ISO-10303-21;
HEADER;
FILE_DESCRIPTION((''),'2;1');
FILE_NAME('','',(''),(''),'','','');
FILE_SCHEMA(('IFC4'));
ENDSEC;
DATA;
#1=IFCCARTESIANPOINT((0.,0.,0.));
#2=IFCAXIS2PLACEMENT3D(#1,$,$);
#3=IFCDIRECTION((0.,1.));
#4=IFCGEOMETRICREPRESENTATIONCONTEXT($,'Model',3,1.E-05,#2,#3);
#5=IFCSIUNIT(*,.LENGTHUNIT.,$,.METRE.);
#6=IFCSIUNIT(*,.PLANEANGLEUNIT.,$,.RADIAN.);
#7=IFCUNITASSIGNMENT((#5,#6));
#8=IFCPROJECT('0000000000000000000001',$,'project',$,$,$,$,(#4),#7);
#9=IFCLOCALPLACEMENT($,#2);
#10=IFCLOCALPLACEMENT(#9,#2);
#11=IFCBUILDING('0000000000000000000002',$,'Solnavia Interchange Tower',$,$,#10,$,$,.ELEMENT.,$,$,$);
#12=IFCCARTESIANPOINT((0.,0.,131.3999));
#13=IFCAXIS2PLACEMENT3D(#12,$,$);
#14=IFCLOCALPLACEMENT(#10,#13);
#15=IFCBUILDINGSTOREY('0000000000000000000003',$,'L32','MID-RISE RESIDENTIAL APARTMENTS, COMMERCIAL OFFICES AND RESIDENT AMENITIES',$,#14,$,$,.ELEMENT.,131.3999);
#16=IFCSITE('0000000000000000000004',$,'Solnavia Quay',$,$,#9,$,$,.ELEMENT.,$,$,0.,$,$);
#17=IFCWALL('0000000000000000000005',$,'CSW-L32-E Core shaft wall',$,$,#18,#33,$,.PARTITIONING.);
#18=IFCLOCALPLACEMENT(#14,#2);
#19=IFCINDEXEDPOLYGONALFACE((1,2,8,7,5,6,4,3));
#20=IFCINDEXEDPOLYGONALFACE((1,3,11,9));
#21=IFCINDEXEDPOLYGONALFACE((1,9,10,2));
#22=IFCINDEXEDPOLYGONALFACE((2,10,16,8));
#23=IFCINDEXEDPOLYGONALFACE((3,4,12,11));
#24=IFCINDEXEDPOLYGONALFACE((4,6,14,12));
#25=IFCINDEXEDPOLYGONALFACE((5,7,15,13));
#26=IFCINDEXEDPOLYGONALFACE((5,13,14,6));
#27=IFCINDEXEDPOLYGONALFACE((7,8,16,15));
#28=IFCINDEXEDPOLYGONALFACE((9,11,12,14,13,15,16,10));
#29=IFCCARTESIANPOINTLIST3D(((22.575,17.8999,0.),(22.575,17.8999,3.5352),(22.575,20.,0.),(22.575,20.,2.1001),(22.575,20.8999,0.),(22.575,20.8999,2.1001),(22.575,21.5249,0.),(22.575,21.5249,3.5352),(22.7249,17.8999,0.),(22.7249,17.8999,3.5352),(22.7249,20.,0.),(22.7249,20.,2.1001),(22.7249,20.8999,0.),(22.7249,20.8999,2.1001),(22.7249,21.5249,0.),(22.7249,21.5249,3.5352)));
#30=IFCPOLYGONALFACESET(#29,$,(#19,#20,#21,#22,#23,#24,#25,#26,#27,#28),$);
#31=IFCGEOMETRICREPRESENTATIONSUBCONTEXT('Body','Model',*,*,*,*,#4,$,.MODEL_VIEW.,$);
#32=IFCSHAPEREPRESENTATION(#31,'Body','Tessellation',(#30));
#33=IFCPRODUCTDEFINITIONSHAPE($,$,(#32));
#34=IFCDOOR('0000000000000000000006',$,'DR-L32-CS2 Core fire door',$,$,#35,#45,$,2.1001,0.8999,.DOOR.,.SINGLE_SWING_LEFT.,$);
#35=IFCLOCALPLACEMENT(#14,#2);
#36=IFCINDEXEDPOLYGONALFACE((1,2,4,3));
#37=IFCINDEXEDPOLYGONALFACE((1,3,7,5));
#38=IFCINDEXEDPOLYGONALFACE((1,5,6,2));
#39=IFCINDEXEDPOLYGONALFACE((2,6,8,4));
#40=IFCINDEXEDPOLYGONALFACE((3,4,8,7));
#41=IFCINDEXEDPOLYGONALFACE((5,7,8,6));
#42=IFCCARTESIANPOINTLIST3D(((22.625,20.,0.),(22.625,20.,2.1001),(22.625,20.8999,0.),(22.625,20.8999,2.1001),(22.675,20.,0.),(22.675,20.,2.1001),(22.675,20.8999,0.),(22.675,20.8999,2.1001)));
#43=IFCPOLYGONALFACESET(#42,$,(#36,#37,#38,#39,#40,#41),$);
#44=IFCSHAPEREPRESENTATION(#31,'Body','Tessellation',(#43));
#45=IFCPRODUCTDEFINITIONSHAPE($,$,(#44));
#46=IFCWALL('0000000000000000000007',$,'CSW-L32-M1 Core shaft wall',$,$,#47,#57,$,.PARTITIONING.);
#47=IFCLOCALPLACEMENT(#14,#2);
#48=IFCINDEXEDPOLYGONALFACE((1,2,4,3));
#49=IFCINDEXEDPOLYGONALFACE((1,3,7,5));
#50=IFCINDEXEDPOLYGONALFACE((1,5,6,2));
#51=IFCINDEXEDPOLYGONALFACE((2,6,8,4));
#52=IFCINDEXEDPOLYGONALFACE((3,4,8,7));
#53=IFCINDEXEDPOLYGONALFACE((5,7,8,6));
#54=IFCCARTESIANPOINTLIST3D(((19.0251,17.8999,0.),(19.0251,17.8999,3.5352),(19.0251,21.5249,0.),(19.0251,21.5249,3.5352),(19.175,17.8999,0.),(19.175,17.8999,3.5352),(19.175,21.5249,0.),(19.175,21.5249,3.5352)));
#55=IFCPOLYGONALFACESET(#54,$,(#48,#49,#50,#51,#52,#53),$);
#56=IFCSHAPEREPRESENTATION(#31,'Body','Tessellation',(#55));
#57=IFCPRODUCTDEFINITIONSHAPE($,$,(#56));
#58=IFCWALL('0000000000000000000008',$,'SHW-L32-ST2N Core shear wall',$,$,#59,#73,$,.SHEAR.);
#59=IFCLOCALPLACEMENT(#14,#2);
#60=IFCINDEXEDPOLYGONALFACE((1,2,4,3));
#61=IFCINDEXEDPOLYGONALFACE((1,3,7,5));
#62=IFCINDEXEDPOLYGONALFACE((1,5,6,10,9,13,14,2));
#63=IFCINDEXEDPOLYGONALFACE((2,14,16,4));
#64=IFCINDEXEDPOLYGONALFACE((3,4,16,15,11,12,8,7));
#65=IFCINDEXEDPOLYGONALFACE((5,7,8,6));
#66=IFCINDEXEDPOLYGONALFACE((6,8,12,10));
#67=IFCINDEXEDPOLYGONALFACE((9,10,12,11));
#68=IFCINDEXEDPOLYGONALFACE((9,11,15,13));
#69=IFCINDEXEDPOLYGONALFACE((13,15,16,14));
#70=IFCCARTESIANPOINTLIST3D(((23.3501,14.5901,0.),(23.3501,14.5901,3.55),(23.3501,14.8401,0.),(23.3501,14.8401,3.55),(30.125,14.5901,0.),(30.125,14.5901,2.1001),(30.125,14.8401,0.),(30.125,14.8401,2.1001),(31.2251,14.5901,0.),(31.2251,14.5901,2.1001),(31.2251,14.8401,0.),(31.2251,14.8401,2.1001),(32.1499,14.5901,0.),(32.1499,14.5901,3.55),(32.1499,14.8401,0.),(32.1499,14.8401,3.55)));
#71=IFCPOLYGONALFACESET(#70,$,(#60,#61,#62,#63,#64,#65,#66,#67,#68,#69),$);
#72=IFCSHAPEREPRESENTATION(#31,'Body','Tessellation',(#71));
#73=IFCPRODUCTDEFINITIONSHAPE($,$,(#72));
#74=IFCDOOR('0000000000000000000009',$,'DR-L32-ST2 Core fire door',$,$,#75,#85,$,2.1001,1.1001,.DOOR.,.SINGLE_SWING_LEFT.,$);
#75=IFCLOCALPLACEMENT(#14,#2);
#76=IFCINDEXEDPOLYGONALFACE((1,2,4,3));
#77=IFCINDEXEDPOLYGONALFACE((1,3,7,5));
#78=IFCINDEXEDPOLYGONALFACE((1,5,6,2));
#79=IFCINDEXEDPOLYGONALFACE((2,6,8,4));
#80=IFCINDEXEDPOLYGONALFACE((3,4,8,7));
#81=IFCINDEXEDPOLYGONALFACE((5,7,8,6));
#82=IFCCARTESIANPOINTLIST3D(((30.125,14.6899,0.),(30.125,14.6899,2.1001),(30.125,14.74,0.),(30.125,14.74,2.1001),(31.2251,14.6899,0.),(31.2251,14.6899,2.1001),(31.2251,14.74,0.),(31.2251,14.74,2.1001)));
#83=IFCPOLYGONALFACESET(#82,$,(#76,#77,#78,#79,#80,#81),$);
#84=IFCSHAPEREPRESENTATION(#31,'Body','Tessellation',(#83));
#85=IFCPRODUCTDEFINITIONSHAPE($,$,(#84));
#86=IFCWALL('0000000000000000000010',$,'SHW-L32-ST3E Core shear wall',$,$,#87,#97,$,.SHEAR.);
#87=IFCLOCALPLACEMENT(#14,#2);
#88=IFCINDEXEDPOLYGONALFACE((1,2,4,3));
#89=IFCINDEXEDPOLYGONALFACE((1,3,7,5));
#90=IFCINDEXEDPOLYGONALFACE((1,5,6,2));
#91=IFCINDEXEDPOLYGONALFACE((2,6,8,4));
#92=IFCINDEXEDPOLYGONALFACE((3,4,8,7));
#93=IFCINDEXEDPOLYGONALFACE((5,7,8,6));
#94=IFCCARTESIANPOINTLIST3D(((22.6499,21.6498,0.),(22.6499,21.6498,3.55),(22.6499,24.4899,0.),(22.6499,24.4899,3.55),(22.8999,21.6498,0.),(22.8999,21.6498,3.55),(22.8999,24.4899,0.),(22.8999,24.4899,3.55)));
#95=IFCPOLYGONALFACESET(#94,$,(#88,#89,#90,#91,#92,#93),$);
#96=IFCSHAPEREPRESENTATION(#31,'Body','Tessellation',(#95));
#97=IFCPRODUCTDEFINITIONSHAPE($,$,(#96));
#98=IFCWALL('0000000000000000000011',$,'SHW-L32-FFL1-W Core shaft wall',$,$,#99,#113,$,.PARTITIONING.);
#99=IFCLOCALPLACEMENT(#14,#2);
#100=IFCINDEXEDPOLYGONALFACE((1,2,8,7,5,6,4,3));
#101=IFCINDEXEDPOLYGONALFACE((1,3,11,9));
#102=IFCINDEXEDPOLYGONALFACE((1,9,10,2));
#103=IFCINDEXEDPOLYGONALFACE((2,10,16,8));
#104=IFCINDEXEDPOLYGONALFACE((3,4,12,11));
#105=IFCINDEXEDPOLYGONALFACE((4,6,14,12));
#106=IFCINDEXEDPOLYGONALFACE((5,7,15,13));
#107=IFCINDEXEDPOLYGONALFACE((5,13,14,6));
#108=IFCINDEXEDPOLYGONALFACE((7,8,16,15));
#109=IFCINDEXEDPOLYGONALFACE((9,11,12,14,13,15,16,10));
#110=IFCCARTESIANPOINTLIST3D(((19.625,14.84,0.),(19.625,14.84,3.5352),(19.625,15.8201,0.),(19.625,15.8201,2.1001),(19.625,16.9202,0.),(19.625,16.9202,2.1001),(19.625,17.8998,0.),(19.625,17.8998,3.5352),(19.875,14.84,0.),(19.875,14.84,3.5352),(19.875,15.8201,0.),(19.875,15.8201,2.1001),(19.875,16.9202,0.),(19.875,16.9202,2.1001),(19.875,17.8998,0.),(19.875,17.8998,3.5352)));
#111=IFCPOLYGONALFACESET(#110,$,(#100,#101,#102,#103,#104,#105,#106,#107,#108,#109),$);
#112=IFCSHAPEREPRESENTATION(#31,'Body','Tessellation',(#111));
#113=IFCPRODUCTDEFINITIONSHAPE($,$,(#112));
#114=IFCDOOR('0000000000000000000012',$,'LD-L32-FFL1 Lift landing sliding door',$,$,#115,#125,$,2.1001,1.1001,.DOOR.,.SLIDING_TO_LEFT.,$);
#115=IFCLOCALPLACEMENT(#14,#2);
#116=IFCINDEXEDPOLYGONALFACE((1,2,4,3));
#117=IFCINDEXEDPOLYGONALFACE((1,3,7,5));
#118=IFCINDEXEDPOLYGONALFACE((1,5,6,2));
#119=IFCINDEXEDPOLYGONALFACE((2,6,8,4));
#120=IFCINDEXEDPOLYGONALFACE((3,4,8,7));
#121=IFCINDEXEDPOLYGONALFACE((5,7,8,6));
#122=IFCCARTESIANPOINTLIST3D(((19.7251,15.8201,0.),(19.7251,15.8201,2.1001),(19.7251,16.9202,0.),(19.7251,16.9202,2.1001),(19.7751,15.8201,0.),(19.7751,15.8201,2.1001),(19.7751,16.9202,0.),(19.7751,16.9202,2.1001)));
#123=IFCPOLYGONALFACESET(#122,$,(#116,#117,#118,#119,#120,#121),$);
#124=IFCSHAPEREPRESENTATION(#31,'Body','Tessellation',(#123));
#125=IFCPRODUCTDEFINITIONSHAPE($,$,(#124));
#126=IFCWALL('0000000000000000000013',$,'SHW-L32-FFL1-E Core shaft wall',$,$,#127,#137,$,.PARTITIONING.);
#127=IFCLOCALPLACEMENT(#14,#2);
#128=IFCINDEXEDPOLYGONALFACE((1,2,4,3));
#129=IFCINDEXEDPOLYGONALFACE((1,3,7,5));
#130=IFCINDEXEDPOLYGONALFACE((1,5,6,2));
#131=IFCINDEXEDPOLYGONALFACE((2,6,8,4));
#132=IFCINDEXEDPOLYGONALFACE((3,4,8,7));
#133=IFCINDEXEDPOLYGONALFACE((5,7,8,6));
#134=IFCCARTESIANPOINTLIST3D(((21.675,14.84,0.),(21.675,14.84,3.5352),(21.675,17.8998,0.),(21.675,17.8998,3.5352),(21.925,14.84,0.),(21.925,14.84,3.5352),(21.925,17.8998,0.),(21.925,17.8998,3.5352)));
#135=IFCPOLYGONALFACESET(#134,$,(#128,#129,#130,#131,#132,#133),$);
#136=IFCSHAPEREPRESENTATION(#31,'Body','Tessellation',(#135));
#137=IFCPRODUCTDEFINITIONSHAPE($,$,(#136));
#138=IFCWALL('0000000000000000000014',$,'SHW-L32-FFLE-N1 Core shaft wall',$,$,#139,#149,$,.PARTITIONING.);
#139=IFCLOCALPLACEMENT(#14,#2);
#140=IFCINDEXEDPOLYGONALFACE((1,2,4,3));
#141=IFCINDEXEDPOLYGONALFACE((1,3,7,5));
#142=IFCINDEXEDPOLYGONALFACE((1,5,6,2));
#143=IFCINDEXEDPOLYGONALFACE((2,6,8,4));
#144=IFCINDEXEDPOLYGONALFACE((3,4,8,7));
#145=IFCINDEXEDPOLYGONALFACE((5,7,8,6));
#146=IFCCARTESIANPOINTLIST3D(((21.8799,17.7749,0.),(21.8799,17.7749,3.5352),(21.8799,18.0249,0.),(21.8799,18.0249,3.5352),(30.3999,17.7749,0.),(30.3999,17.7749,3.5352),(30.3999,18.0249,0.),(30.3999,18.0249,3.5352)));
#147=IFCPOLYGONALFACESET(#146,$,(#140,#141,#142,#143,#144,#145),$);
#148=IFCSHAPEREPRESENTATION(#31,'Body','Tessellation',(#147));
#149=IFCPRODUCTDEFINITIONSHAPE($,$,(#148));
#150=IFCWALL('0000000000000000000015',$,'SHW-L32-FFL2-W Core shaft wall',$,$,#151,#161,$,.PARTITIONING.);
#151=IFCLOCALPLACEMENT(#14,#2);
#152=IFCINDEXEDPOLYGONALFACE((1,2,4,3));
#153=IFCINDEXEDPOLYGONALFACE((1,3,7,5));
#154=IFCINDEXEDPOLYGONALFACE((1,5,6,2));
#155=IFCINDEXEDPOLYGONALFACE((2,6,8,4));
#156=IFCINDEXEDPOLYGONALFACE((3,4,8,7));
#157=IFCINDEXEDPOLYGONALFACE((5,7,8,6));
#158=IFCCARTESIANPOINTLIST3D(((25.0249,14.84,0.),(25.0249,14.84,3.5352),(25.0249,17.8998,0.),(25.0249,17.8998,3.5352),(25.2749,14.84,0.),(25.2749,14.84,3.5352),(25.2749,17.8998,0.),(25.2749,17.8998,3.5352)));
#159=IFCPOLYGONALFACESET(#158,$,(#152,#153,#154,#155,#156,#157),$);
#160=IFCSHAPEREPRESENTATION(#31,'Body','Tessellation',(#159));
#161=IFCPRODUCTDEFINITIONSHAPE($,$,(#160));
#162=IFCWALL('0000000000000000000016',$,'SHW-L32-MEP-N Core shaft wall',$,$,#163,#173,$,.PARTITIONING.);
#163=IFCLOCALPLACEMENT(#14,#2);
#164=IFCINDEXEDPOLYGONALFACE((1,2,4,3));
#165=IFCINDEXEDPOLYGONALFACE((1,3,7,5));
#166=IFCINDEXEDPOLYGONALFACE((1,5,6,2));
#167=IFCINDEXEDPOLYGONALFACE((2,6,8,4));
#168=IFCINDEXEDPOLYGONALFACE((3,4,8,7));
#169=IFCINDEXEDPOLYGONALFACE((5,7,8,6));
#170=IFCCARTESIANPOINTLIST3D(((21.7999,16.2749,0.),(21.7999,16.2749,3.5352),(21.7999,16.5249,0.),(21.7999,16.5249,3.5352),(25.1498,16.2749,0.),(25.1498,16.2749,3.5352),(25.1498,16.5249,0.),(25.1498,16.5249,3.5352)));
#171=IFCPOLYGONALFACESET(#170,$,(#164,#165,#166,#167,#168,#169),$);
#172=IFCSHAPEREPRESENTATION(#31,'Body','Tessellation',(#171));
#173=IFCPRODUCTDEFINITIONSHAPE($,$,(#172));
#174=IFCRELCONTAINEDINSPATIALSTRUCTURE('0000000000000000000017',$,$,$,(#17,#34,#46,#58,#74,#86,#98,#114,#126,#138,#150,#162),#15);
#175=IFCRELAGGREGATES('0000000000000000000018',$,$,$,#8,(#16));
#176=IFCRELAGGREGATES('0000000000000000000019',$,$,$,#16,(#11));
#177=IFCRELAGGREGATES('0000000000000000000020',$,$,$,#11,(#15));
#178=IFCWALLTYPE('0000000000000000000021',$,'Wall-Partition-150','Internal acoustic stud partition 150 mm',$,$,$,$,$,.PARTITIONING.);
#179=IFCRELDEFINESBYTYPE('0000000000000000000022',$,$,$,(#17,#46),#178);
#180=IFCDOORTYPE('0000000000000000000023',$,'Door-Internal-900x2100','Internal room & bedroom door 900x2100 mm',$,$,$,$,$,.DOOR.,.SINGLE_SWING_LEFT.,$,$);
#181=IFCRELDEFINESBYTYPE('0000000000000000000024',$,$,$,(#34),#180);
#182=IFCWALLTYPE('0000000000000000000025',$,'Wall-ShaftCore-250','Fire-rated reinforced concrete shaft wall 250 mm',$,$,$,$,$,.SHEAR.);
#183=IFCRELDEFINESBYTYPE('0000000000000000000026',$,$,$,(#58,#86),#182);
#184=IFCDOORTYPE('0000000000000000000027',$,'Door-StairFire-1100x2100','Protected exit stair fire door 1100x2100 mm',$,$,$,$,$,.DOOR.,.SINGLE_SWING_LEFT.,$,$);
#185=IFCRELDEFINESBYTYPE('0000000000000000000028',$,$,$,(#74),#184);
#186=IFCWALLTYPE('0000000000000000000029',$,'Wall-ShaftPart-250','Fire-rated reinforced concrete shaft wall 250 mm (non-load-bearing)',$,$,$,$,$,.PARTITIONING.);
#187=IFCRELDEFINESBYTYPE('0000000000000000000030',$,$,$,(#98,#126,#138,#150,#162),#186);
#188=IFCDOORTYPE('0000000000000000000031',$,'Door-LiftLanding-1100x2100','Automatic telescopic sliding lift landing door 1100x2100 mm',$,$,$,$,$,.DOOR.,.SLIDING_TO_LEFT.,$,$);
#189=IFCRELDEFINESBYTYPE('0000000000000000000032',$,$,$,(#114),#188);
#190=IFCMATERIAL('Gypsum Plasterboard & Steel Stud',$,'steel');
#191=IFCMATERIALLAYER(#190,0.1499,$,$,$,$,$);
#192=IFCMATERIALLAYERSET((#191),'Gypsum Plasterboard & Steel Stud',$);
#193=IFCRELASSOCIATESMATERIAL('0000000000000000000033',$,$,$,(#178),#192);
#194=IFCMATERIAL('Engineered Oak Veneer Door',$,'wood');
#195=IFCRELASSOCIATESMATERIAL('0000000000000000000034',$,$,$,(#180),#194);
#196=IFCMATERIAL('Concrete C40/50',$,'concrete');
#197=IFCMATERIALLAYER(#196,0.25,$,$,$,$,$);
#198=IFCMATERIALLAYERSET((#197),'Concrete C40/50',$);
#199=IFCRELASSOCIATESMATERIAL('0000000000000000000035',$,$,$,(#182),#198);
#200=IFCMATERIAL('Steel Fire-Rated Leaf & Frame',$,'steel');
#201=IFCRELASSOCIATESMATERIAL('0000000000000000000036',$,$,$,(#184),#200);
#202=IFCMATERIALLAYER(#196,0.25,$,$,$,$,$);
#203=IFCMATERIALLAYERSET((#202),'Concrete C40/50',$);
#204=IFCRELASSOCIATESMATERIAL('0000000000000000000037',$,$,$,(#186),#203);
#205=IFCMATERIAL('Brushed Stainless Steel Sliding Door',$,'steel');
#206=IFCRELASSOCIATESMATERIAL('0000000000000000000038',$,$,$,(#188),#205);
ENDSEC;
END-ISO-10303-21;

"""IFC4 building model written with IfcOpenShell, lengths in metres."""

from ifc_helpers import new_model, si_unit, direction, frame, frame_2d, origin, place, context, subcontext, project, spatial, rectangle, extrude, material, layer, layer_set, type_object, element, fill, save


model = new_model("IFC4")

# Units and contexts
model_context = context("Model", 3, precision=1e-05, world=origin(), true_north=direction((0.0, 1.0)))
body_context = subcontext(model_context, "Body", "Model", "MODEL_VIEW")
ifc_project = project(units=[si_unit("LENGTHUNIT", "METRE"), si_unit("PLANEANGLEUNIT", "RADIAN")], contexts=[model_context])

# Site, building, storey
site_placement = place(None, origin())
site = spatial("IfcSite", under=ifc_project, at=site_placement, Name="Solnavia Quay", CompositionType="ELEMENT", RefElevation=0.0)
building_placement = place(site_placement, origin())
building = spatial("IfcBuilding", under=site, at=building_placement, Name="Solnavia Interchange Tower", CompositionType="ELEMENT")
storey_placement = place(building_placement, frame((0.0, 0.0, 131.3999)))
storey = spatial("IfcBuildingStorey", under=building, at=storey_placement, Name="L32", Description="MID-RISE RESIDENTIAL APARTMENTS, COMMERCIAL OFFICES AND RESIDENT AMENITIES", CompositionType="ELEMENT", Elevation=131.3999)

# Wall, opening, door
ifc_material_1 = material(Name="Gypsum Plasterboard & Steel Stud", Category="steel")
ifc_layer_1 = layer(ifc_material_1, 0.1499)
ifc_layer_set_1 = layer_set([ifc_layer_1], Name="Gypsum Plasterboard & Steel Stud")
wall_type_1 = type_object("IfcWallType", Name="Wall-Partition-150", Description="Internal acoustic stud partition 150 mm", PredefinedType="PARTITIONING", material=ifc_layer_set_1)
wall_1_placement = place(storey_placement, frame((22.6499, 17.8999, 0.0), z_axis=(0.0, 0.0, 1.0), x_axis=(0.0, 1.0, 0.0)))
wall_1 = element("IfcWall", 1, at=wall_1_placement, inside=storey, type_object=wall_type_1, Name="CSW-L32-E Core shaft wall", PredefinedType="PARTITIONING", context=body_context, shape_type="SweptSolid", body=[
    extrude(rectangle(XDim=3.625, YDim=0.1499, at=frame_2d((1.8125, 0.0))), origin(), (0.0, 0.0, 1.0), 3.5352),
])
opening_1_placement = place(wall_1_placement, frame((2.1001, 0.0, 0.0)))
opening_1 = element("IfcOpeningElement", 2, at=opening_1_placement, cuts=wall_1, PredefinedType="OPENING", context=body_context, shape_type="SweptSolid", body=[
    extrude(rectangle(XDim=0.8999, YDim=2.1001, at=frame_2d((0.45, 1.05))), frame((0.0, 0.085, 0.0), z_axis=(0.0, -1.0, 0.0), x_axis=(1.0, 0.0, 0.0)), (0.0, 0.0, 1.0), 0.1699),
])
ifc_material_2 = material(Name="Engineered Oak Veneer Door", Category="wood")
door_type_1 = type_object("IfcDoorType", Name="Door-Internal-900x2100", Description="Internal room & bedroom door 900x2100 mm", OperationType="SINGLE_SWING_LEFT", PredefinedType="DOOR", material=ifc_material_2)
door_1_placement = place(opening_1_placement, origin())
door_1 = element("IfcDoor", 3, at=door_1_placement, inside=storey, type_object=door_type_1, Name="DR-L32-CS2 Core fire door", OperationType="SINGLE_SWING_LEFT", OverallHeight=2.1001, OverallWidth=0.8999, PredefinedType="DOOR", context=body_context, shape_type="SweptSolid", body=[
    extrude(rectangle(XDim=0.8999, YDim=2.1001, at=frame_2d((0.45, 1.05))), frame((0.0, 0.0249, 0.0), z_axis=(0.0, -1.0, 0.0), x_axis=(1.0, 0.0, 0.0)), (0.0, 0.0, 1.0), 0.05),
])
fill(opening_1, door_1)

# Wall
wall_2_placement = place(storey_placement, frame((19.1001, 17.8999, 0.0), z_axis=(0.0, 0.0, 1.0), x_axis=(0.0, 1.0, 0.0)))
element("IfcWall", 4, at=wall_2_placement, inside=storey, type_object=wall_type_1, Name="CSW-L32-M1 Core shaft wall", PredefinedType="PARTITIONING", context=body_context, shape_type="SweptSolid", body=[
    extrude(rectangle(XDim=3.625, YDim=0.1499, at=frame_2d((1.8125, 0.0))), origin(), (0.0, 0.0, 1.0), 3.5352),
])

# Wall, opening, door
ifc_material_3 = material(Name="Concrete C40/50", Category="concrete")
ifc_layer_2 = layer(ifc_material_3, 0.25)
ifc_layer_set_2 = layer_set([ifc_layer_2], Name="Concrete C40/50")
wall_type_2 = type_object("IfcWallType", Name="Wall-ShaftCore-250", Description="Fire-rated reinforced concrete shaft wall 250 mm", PredefinedType="SHEAR", material=ifc_layer_set_2)
wall_3_placement = place(storey_placement, frame((23.3501, 14.7151, 0.0), z_axis=(0.0, 0.0, 1.0), x_axis=(1.0, 0.0, 0.0)))
wall_3 = element("IfcWall", 5, at=wall_3_placement, inside=storey, type_object=wall_type_2, Name="SHW-L32-ST2N Core shear wall", PredefinedType="SHEAR", context=body_context, shape_type="SweptSolid", body=[
    extrude(rectangle(XDim=8.7998, YDim=0.25, at=frame_2d((4.3999, 0.0))), origin(), (0.0, 0.0, 1.0), 3.55),
])
opening_2_placement = place(wall_3_placement, frame((6.7749, 0.0, 0.0)))
opening_2 = element("IfcOpeningElement", 6, at=opening_2_placement, cuts=wall_3, PredefinedType="OPENING", context=body_context, shape_type="SweptSolid", body=[
    extrude(rectangle(XDim=1.1001, YDim=2.1001, at=frame_2d((0.55, 1.05))), frame((0.0, 0.135, 0.0), z_axis=(0.0, -1.0, 0.0), x_axis=(1.0, 0.0, 0.0)), (0.0, 0.0, 1.0), 0.27),
])
ifc_material_4 = material(Name="Steel Fire-Rated Leaf & Frame", Category="steel")
door_type_2 = type_object("IfcDoorType", Name="Door-StairFire-1100x2100", Description="Protected exit stair fire door 1100x2100 mm", OperationType="SINGLE_SWING_LEFT", PredefinedType="DOOR", material=ifc_material_4)
door_2_placement = place(opening_2_placement, origin())
door_2 = element("IfcDoor", 7, at=door_2_placement, inside=storey, type_object=door_type_2, Name="DR-L32-ST2 Core fire door", OperationType="SINGLE_SWING_LEFT", OverallHeight=2.1001, OverallWidth=1.1001, PredefinedType="DOOR", context=body_context, shape_type="SweptSolid", body=[
    extrude(rectangle(XDim=1.1001, YDim=2.1001, at=frame_2d((0.55, 1.05))), frame((0.0, 0.0249, 0.0), z_axis=(0.0, -1.0, 0.0), x_axis=(1.0, 0.0, 0.0)), (0.0, 0.0, 1.0), 0.05),
])
fill(opening_2, door_2)

# Wall
wall_4_placement = place(storey_placement, frame((22.7749, 21.6499, 0.0), z_axis=(0.0, 0.0, 1.0), x_axis=(0.0, 1.0, 0.0)))
element("IfcWall", 8, at=wall_4_placement, inside=storey, type_object=wall_type_2, Name="SHW-L32-ST3E Core shear wall", PredefinedType="SHEAR", context=body_context, shape_type="SweptSolid", body=[
    extrude(rectangle(XDim=2.8401, YDim=0.25, at=frame_2d((1.4199, 0.0))), origin(), (0.0, 0.0, 1.0), 3.55),
])

# Wall, opening, door
ifc_layer_3 = layer(ifc_material_3, 0.25)
ifc_layer_set_3 = layer_set([ifc_layer_3], Name="Concrete C40/50")
wall_type_3 = type_object("IfcWallType", Name="Wall-ShaftPart-250", Description="Fire-rated reinforced concrete shaft wall 250 mm (non-load-bearing)", PredefinedType="PARTITIONING", material=ifc_layer_set_3)
wall_5_placement = place(storey_placement, frame((19.75, 14.8401, 0.0), z_axis=(0.0, 0.0, 1.0), x_axis=(0.0, 1.0, 0.0)))
wall_5 = element("IfcWall", 9, at=wall_5_placement, inside=storey, type_object=wall_type_3, Name="SHW-L32-FFL1-W Core shaft wall", PredefinedType="PARTITIONING", context=body_context, shape_type="SweptSolid", body=[
    extrude(rectangle(XDim=3.0598, YDim=0.25, at=frame_2d((1.5298, 0.0))), origin(), (0.0, 0.0, 1.0), 3.5352),
])
opening_3_placement = place(wall_5_placement, frame((0.98, 0.0, 0.0)))
opening_3 = element("IfcOpeningElement", 10, at=opening_3_placement, cuts=wall_5, PredefinedType="OPENING", context=body_context, shape_type="SweptSolid", body=[
    extrude(rectangle(XDim=1.1001, YDim=2.1001, at=frame_2d((0.55, 1.05))), frame((0.0, 0.135, 0.0), z_axis=(0.0, -1.0, 0.0), x_axis=(1.0, 0.0, 0.0)), (0.0, 0.0, 1.0), 0.27),
])
ifc_material_5 = material(Name="Brushed Stainless Steel Sliding Door", Category="steel")
door_type_3 = type_object("IfcDoorType", Name="Door-LiftLanding-1100x2100", Description="Automatic telescopic sliding lift landing door 1100x2100 mm", OperationType="SLIDING_TO_LEFT", PredefinedType="DOOR", material=ifc_material_5)
door_3_placement = place(opening_3_placement, origin())
door_3 = element("IfcDoor", 11, at=door_3_placement, inside=storey, type_object=door_type_3, Name="LD-L32-FFL1 Lift landing sliding door", OperationType="SLIDING_TO_LEFT", OverallHeight=2.1001, OverallWidth=1.1001, PredefinedType="DOOR", context=body_context, shape_type="SweptSolid", body=[
    extrude(rectangle(XDim=1.1001, YDim=2.1001, at=frame_2d((0.55, 1.05))), frame((0.0, 0.0249, 0.0), z_axis=(0.0, -1.0, 0.0), x_axis=(1.0, 0.0, 0.0)), (0.0, 0.0, 1.0), 0.05),
])
fill(opening_3, door_3)

# Walls
wall_6_placement = place(storey_placement, frame((21.8, 14.8401, 0.0), z_axis=(0.0, 0.0, 1.0), x_axis=(0.0, 1.0, 0.0)))
element("IfcWall", 12, at=wall_6_placement, inside=storey, type_object=wall_type_3, Name="SHW-L32-FFL1-E Core shaft wall", PredefinedType="PARTITIONING", context=body_context, shape_type="SweptSolid", body=[
    extrude(rectangle(XDim=3.0598, YDim=0.25, at=frame_2d((1.5298, 0.0))), origin(), (0.0, 0.0, 1.0), 3.5352),
])
wall_7_placement = place(storey_placement, frame((21.8799, 17.8999, 0.0), z_axis=(0.0, 0.0, 1.0), x_axis=(1.0, 0.0, 0.0)))
element("IfcWall", 13, at=wall_7_placement, inside=storey, type_object=wall_type_3, Name="SHW-L32-FFLE-N1 Core shaft wall", PredefinedType="PARTITIONING", context=body_context, shape_type="SweptSolid", body=[
    extrude(rectangle(XDim=8.52, YDim=0.25, at=frame_2d((4.26, 0.0))), origin(), (0.0, 0.0, 1.0), 3.5352),
])
wall_8_placement = place(storey_placement, frame((25.1499, 14.8401, 0.0), z_axis=(0.0, 0.0, 1.0), x_axis=(0.0, 1.0, 0.0)))
element("IfcWall", 14, at=wall_8_placement, inside=storey, type_object=wall_type_3, Name="SHW-L32-FFL2-W Core shaft wall", PredefinedType="PARTITIONING", context=body_context, shape_type="SweptSolid", body=[
    extrude(rectangle(XDim=3.0598, YDim=0.25, at=frame_2d((1.5298, 0.0))), origin(), (0.0, 0.0, 1.0), 3.5352),
])
wall_9_placement = place(storey_placement, frame((21.8, 16.3999, 0.0), z_axis=(0.0, 0.0, 1.0), x_axis=(1.0, 0.0, 0.0)))
element("IfcWall", 15, at=wall_9_placement, inside=storey, type_object=wall_type_3, Name="SHW-L32-MEP-N Core shaft wall", PredefinedType="PARTITIONING", context=body_context, shape_type="SweptSolid", body=[
    extrude(rectangle(XDim=3.3499, YDim=0.25, at=frame_2d((1.6748, 0.0))), origin(), (0.0, 0.0, 1.0), 3.5352),
])

save(model, "model.ifc")
